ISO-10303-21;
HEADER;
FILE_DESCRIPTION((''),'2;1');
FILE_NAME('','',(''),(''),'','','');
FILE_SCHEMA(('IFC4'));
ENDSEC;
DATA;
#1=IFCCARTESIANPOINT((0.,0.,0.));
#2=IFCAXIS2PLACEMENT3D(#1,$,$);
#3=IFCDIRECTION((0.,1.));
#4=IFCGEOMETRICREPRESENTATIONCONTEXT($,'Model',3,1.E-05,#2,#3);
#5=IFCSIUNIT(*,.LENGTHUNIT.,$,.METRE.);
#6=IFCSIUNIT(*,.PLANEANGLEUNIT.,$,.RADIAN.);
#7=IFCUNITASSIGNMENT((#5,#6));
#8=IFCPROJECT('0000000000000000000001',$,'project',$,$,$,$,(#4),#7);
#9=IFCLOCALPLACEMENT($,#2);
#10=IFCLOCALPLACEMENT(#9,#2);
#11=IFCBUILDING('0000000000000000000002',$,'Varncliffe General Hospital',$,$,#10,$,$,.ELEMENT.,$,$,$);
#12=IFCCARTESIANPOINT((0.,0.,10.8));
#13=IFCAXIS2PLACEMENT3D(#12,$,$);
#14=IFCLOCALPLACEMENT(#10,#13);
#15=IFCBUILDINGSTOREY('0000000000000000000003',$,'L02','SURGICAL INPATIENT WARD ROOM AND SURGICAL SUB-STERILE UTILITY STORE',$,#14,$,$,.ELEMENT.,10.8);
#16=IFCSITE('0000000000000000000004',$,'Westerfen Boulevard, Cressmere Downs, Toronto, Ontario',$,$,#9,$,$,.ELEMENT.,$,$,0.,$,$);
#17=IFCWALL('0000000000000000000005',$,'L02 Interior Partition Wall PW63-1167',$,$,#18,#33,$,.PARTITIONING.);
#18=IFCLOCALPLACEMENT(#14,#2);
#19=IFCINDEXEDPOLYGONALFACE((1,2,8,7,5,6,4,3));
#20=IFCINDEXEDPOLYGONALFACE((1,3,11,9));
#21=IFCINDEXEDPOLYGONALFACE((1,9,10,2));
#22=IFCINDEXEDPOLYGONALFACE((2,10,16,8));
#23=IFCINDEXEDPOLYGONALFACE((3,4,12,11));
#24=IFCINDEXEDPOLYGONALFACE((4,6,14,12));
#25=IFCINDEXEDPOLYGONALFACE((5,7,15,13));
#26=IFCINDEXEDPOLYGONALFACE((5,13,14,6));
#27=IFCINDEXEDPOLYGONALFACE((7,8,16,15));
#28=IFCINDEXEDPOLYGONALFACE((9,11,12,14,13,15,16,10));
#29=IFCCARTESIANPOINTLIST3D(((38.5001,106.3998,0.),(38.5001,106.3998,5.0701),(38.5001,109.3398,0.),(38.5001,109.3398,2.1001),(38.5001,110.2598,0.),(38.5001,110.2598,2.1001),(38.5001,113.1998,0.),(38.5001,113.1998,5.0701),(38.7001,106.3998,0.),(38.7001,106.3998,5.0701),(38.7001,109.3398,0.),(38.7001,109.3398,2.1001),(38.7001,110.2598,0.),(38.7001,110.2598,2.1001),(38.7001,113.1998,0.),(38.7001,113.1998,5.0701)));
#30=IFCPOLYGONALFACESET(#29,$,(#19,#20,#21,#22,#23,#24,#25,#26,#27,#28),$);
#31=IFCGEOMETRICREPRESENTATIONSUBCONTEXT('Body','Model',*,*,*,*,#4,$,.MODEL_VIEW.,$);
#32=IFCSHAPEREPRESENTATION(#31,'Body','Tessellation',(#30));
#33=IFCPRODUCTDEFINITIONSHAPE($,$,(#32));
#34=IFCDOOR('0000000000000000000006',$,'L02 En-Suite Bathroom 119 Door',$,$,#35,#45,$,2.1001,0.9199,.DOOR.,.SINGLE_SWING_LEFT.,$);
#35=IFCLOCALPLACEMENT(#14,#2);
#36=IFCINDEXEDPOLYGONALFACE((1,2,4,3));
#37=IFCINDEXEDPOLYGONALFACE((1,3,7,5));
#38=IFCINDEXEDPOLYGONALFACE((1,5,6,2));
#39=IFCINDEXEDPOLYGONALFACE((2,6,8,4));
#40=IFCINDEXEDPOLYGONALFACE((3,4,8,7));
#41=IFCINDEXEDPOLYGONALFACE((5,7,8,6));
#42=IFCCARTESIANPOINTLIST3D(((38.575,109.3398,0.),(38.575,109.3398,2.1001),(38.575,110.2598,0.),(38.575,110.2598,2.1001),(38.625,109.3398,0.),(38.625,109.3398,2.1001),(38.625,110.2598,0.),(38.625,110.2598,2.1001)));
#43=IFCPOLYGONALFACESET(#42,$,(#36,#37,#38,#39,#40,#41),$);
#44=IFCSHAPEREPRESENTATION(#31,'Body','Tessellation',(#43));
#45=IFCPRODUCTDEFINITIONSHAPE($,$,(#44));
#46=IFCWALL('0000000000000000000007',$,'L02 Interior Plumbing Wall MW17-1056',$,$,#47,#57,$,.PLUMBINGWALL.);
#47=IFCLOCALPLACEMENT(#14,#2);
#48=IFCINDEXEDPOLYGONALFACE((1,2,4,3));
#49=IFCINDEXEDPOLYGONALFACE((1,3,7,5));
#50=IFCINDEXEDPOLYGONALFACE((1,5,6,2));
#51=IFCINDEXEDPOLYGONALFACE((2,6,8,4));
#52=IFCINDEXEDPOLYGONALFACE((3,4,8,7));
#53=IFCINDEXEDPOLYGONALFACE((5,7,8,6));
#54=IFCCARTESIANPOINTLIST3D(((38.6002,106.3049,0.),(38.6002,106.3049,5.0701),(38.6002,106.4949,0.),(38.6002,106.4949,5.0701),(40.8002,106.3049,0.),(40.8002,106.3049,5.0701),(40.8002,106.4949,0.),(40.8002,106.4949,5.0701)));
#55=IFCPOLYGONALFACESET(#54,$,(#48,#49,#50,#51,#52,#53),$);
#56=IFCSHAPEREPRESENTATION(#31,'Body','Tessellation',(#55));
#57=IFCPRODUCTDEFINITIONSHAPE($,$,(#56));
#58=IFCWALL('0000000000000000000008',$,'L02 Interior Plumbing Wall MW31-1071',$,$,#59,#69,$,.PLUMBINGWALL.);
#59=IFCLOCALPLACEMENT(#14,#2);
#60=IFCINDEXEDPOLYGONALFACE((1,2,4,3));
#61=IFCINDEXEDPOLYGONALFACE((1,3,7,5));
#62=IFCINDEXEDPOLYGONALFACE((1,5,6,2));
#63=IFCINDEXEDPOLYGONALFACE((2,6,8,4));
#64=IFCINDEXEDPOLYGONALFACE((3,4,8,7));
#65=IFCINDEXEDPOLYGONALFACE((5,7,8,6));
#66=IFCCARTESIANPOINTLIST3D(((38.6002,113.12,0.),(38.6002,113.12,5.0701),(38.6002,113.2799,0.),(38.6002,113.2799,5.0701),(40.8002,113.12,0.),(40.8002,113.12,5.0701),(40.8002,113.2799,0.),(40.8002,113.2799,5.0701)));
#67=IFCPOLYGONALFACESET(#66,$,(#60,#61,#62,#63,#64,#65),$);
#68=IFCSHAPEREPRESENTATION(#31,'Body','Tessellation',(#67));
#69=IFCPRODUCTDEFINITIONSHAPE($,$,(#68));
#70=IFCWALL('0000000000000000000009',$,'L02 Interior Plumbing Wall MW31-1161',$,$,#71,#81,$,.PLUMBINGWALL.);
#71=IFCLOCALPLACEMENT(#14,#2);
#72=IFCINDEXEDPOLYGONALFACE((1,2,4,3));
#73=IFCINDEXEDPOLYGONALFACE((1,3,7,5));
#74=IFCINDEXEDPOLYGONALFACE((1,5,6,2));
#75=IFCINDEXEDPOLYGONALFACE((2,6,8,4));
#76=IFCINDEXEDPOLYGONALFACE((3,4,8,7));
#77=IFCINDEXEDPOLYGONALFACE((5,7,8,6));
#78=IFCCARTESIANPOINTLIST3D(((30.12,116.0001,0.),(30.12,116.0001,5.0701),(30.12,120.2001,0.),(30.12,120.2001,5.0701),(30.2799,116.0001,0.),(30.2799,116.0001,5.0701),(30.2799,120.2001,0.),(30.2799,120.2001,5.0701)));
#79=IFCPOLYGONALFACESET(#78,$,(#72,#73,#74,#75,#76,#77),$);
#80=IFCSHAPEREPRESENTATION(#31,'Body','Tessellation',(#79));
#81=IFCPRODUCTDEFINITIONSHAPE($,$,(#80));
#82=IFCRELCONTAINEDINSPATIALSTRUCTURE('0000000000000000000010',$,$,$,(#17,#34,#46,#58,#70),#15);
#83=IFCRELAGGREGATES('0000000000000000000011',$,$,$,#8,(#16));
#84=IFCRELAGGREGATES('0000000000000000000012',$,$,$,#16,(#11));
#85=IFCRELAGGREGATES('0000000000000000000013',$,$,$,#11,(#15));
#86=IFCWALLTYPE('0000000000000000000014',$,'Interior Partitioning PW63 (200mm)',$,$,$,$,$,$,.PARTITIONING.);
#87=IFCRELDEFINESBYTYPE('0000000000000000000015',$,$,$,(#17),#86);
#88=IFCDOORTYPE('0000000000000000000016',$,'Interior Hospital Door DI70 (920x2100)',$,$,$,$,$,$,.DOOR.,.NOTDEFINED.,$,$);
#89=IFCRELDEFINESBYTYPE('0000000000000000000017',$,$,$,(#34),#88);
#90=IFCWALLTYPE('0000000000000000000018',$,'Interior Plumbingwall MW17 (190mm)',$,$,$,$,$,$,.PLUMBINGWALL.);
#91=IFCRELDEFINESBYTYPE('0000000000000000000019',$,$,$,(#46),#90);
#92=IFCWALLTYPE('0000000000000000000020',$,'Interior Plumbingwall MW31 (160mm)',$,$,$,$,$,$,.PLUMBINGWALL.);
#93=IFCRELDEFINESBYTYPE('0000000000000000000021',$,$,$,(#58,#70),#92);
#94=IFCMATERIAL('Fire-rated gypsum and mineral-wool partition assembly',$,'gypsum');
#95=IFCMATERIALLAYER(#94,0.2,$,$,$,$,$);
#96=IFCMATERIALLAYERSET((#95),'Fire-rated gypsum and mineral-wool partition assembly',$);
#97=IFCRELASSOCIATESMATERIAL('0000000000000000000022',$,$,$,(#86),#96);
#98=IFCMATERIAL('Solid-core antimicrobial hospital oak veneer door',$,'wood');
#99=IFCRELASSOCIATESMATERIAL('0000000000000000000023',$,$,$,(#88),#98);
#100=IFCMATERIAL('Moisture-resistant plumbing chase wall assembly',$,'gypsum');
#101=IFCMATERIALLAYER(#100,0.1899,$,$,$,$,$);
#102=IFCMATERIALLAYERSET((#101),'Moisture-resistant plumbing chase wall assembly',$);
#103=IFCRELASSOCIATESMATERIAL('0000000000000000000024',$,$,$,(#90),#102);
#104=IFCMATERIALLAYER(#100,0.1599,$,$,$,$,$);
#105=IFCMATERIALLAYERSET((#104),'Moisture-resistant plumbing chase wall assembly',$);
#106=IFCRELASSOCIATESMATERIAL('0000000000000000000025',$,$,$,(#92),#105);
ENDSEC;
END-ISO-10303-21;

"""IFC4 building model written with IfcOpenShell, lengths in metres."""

from ifc_helpers import new_model, si_unit, direction, frame, frame_2d, origin, place, context, subcontext, project, spatial, rectangle, extrude, material, layer, layer_set, type_object, element, fill, save


model = new_model("IFC4")

# Units and contexts
model_context = context("Model", 3, precision=1e-05, world=origin(), true_north=direction((0.0, 1.0)))
body_context = subcontext(model_context, "Body", "Model", "MODEL_VIEW")
ifc_project = project(units=[si_unit("LENGTHUNIT", "METRE"), si_unit("PLANEANGLEUNIT", "RADIAN")], contexts=[model_context])

# Site, building, storey
site_placement = place(None, origin())
site = spatial("IfcSite", under=ifc_project, at=site_placement, Name="Westerfen Boulevard, Cressmere Downs, Toronto, Ontario", CompositionType="ELEMENT", RefElevation=0.0)
building_placement = place(site_placement, origin())
building = spatial("IfcBuilding", under=site, at=building_placement, Name="Varncliffe General Hospital", CompositionType="ELEMENT")
storey_placement = place(building_placement, frame((0.0, 0.0, 10.8)))
storey = spatial("IfcBuildingStorey", under=building, at=storey_placement, Name="L02", Description="SURGICAL INPATIENT WARD ROOM AND SURGICAL SUB-STERILE UTILITY STORE", CompositionType="ELEMENT", Elevation=10.8)

# Shared definitions
ifc_material_1 = material(Name="Fire-rated gypsum and mineral-wool partition assembly", Category="gypsum")

# Wall, opening, door
ifc_layer_1 = layer(ifc_material_1, 0.2)
ifc_layer_set_1 = layer_set([ifc_layer_1], Name="Fire-rated gypsum and mineral-wool partition assembly")
wall_type_1 = type_object("IfcWallType", Name="Interior Partitioning PW63 (200mm)", PredefinedType="PARTITIONING", material=ifc_layer_set_1)
ifc_material_2 = material(Name="Solid-core antimicrobial hospital oak veneer door", Category="wood")
wall_1_placement = place(storey_placement, frame((38.6001, 106.3999, 0.0), z_axis=(0.0, 0.0, 1.0), x_axis=(0.0, 1.0, 0.0)))
wall_1 = element("IfcWall", 1, at=wall_1_placement, inside=storey, type_object=wall_type_1, Name="L02 Interior Partition Wall PW63-1167", PredefinedType="PARTITIONING", context=body_context, shape_type="SweptSolid", body=[
    extrude(rectangle(XDim=6.8, YDim=0.2, at=frame_2d((3.3999, 0.0))), origin(), (0.0, 0.0, 1.0), 5.0701),
])
opening_1_placement = place(wall_1_placement, frame((2.9399, 0.0, 0.0)))
opening_1 = element("IfcOpeningElement", 2, at=opening_1_placement, cuts=wall_1, PredefinedType="OPENING", context=body_context, shape_type="SweptSolid", body=[
    extrude(rectangle(XDim=0.9199, YDim=2.1001, at=frame_2d((0.46, 1.05))), frame((0.0, 0.1099, 0.0), z_axis=(0.0, -1.0, 0.0), x_axis=(1.0, 0.0, 0.0)), (0.0, 0.0, 1.0), 0.22),
])
door_type_1 = type_object("IfcDoorType", Name="Interior Hospital Door DI70 (920x2100)", OperationType="NOTDEFINED", PredefinedType="DOOR", material=ifc_material_2)
door_1_placement = place(opening_1_placement, frame((0.9199, 0.0, 0.0), z_axis=(0.0, 0.0, 1.0), x_axis=(-1.0, 0.0, 0.0)))
door_1 = element("IfcDoor", 3, at=door_1_placement, inside=storey, type_object=door_type_1, Name="L02 En-Suite Bathroom 119 Door", OperationType="SINGLE_SWING_LEFT", OverallHeight=2.1001, OverallWidth=0.9199, PredefinedType="DOOR", context=body_context, shape_type="SweptSolid", body=[
    extrude(rectangle(XDim=0.9199, YDim=2.1001, at=frame_2d((0.46, 1.05))), frame((0.0, 0.0249, 0.0), z_axis=(0.0, -1.0, 0.0), x_axis=(1.0, 0.0, 0.0)), (0.0, 0.0, 1.0), 0.05),
])
fill(opening_1, door_1)

# Walls
ifc_material_3 = material(Name="Moisture-resistant plumbing chase wall assembly", Category="gypsum")
ifc_layer_2 = layer(ifc_material_3, 0.1899)
ifc_layer_set_2 = layer_set([ifc_layer_2], Name="Moisture-resistant plumbing chase wall assembly")
wall_type_2 = type_object("IfcWallType", Name="Interior Plumbingwall MW17 (190mm)", PredefinedType="PLUMBINGWALL", material=ifc_layer_set_2)
wall_2_placement = place(storey_placement, frame((38.6001, 106.3999, 0.0), z_axis=(0.0, 0.0, 1.0), x_axis=(1.0, 0.0, 0.0)))
element("IfcWall", 4, at=wall_2_placement, inside=storey, type_object=wall_type_2, Name="L02 Interior Plumbing Wall MW17-1056", PredefinedType="PLUMBINGWALL", context=body_context, shape_type="SweptSolid", body=[
    extrude(rectangle(XDim=2.2, YDim=0.1899, at=frame_2d((1.1001, 0.0))), origin(), (0.0, 0.0, 1.0), 5.0701),
])
ifc_layer_3 = layer(ifc_material_3, 0.1599)
ifc_layer_set_3 = layer_set([ifc_layer_3], Name="Moisture-resistant plumbing chase wall assembly")
wall_type_3 = type_object("IfcWallType", Name="Interior Plumbingwall MW31 (160mm)", PredefinedType="PLUMBINGWALL", material=ifc_layer_set_3)
wall_3_placement = place(storey_placement, frame((38.6001, 113.2, 0.0), z_axis=(0.0, 0.0, 1.0), x_axis=(1.0, 0.0, 0.0)))
element("IfcWall", 5, at=wall_3_placement, inside=storey, type_object=wall_type_3, Name="L02 Interior Plumbing Wall MW31-1071", PredefinedType="PLUMBINGWALL", context=body_context, shape_type="SweptSolid", body=[
    extrude(rectangle(XDim=2.2, YDim=0.1599, at=frame_2d((1.1001, 0.0))), origin(), (0.0, 0.0, 1.0), 5.0701),
])
wall_4_placement = place(storey_placement, frame((30.2, 116.0, 0.0), z_axis=(0.0, 0.0, 1.0), x_axis=(0.0, 1.0, 0.0)))
element("IfcWall", 6, at=wall_4_placement, inside=storey, type_object=wall_type_3, Name="L02 Interior Plumbing Wall MW31-1161", PredefinedType="PLUMBINGWALL", context=body_context, shape_type="SweptSolid", body=[
    extrude(rectangle(XDim=4.2, YDim=0.1599, at=frame_2d((2.1001, 0.0))), origin(), (0.0, 0.0, 1.0), 5.0701),
])

save(model, "model.ifc")
